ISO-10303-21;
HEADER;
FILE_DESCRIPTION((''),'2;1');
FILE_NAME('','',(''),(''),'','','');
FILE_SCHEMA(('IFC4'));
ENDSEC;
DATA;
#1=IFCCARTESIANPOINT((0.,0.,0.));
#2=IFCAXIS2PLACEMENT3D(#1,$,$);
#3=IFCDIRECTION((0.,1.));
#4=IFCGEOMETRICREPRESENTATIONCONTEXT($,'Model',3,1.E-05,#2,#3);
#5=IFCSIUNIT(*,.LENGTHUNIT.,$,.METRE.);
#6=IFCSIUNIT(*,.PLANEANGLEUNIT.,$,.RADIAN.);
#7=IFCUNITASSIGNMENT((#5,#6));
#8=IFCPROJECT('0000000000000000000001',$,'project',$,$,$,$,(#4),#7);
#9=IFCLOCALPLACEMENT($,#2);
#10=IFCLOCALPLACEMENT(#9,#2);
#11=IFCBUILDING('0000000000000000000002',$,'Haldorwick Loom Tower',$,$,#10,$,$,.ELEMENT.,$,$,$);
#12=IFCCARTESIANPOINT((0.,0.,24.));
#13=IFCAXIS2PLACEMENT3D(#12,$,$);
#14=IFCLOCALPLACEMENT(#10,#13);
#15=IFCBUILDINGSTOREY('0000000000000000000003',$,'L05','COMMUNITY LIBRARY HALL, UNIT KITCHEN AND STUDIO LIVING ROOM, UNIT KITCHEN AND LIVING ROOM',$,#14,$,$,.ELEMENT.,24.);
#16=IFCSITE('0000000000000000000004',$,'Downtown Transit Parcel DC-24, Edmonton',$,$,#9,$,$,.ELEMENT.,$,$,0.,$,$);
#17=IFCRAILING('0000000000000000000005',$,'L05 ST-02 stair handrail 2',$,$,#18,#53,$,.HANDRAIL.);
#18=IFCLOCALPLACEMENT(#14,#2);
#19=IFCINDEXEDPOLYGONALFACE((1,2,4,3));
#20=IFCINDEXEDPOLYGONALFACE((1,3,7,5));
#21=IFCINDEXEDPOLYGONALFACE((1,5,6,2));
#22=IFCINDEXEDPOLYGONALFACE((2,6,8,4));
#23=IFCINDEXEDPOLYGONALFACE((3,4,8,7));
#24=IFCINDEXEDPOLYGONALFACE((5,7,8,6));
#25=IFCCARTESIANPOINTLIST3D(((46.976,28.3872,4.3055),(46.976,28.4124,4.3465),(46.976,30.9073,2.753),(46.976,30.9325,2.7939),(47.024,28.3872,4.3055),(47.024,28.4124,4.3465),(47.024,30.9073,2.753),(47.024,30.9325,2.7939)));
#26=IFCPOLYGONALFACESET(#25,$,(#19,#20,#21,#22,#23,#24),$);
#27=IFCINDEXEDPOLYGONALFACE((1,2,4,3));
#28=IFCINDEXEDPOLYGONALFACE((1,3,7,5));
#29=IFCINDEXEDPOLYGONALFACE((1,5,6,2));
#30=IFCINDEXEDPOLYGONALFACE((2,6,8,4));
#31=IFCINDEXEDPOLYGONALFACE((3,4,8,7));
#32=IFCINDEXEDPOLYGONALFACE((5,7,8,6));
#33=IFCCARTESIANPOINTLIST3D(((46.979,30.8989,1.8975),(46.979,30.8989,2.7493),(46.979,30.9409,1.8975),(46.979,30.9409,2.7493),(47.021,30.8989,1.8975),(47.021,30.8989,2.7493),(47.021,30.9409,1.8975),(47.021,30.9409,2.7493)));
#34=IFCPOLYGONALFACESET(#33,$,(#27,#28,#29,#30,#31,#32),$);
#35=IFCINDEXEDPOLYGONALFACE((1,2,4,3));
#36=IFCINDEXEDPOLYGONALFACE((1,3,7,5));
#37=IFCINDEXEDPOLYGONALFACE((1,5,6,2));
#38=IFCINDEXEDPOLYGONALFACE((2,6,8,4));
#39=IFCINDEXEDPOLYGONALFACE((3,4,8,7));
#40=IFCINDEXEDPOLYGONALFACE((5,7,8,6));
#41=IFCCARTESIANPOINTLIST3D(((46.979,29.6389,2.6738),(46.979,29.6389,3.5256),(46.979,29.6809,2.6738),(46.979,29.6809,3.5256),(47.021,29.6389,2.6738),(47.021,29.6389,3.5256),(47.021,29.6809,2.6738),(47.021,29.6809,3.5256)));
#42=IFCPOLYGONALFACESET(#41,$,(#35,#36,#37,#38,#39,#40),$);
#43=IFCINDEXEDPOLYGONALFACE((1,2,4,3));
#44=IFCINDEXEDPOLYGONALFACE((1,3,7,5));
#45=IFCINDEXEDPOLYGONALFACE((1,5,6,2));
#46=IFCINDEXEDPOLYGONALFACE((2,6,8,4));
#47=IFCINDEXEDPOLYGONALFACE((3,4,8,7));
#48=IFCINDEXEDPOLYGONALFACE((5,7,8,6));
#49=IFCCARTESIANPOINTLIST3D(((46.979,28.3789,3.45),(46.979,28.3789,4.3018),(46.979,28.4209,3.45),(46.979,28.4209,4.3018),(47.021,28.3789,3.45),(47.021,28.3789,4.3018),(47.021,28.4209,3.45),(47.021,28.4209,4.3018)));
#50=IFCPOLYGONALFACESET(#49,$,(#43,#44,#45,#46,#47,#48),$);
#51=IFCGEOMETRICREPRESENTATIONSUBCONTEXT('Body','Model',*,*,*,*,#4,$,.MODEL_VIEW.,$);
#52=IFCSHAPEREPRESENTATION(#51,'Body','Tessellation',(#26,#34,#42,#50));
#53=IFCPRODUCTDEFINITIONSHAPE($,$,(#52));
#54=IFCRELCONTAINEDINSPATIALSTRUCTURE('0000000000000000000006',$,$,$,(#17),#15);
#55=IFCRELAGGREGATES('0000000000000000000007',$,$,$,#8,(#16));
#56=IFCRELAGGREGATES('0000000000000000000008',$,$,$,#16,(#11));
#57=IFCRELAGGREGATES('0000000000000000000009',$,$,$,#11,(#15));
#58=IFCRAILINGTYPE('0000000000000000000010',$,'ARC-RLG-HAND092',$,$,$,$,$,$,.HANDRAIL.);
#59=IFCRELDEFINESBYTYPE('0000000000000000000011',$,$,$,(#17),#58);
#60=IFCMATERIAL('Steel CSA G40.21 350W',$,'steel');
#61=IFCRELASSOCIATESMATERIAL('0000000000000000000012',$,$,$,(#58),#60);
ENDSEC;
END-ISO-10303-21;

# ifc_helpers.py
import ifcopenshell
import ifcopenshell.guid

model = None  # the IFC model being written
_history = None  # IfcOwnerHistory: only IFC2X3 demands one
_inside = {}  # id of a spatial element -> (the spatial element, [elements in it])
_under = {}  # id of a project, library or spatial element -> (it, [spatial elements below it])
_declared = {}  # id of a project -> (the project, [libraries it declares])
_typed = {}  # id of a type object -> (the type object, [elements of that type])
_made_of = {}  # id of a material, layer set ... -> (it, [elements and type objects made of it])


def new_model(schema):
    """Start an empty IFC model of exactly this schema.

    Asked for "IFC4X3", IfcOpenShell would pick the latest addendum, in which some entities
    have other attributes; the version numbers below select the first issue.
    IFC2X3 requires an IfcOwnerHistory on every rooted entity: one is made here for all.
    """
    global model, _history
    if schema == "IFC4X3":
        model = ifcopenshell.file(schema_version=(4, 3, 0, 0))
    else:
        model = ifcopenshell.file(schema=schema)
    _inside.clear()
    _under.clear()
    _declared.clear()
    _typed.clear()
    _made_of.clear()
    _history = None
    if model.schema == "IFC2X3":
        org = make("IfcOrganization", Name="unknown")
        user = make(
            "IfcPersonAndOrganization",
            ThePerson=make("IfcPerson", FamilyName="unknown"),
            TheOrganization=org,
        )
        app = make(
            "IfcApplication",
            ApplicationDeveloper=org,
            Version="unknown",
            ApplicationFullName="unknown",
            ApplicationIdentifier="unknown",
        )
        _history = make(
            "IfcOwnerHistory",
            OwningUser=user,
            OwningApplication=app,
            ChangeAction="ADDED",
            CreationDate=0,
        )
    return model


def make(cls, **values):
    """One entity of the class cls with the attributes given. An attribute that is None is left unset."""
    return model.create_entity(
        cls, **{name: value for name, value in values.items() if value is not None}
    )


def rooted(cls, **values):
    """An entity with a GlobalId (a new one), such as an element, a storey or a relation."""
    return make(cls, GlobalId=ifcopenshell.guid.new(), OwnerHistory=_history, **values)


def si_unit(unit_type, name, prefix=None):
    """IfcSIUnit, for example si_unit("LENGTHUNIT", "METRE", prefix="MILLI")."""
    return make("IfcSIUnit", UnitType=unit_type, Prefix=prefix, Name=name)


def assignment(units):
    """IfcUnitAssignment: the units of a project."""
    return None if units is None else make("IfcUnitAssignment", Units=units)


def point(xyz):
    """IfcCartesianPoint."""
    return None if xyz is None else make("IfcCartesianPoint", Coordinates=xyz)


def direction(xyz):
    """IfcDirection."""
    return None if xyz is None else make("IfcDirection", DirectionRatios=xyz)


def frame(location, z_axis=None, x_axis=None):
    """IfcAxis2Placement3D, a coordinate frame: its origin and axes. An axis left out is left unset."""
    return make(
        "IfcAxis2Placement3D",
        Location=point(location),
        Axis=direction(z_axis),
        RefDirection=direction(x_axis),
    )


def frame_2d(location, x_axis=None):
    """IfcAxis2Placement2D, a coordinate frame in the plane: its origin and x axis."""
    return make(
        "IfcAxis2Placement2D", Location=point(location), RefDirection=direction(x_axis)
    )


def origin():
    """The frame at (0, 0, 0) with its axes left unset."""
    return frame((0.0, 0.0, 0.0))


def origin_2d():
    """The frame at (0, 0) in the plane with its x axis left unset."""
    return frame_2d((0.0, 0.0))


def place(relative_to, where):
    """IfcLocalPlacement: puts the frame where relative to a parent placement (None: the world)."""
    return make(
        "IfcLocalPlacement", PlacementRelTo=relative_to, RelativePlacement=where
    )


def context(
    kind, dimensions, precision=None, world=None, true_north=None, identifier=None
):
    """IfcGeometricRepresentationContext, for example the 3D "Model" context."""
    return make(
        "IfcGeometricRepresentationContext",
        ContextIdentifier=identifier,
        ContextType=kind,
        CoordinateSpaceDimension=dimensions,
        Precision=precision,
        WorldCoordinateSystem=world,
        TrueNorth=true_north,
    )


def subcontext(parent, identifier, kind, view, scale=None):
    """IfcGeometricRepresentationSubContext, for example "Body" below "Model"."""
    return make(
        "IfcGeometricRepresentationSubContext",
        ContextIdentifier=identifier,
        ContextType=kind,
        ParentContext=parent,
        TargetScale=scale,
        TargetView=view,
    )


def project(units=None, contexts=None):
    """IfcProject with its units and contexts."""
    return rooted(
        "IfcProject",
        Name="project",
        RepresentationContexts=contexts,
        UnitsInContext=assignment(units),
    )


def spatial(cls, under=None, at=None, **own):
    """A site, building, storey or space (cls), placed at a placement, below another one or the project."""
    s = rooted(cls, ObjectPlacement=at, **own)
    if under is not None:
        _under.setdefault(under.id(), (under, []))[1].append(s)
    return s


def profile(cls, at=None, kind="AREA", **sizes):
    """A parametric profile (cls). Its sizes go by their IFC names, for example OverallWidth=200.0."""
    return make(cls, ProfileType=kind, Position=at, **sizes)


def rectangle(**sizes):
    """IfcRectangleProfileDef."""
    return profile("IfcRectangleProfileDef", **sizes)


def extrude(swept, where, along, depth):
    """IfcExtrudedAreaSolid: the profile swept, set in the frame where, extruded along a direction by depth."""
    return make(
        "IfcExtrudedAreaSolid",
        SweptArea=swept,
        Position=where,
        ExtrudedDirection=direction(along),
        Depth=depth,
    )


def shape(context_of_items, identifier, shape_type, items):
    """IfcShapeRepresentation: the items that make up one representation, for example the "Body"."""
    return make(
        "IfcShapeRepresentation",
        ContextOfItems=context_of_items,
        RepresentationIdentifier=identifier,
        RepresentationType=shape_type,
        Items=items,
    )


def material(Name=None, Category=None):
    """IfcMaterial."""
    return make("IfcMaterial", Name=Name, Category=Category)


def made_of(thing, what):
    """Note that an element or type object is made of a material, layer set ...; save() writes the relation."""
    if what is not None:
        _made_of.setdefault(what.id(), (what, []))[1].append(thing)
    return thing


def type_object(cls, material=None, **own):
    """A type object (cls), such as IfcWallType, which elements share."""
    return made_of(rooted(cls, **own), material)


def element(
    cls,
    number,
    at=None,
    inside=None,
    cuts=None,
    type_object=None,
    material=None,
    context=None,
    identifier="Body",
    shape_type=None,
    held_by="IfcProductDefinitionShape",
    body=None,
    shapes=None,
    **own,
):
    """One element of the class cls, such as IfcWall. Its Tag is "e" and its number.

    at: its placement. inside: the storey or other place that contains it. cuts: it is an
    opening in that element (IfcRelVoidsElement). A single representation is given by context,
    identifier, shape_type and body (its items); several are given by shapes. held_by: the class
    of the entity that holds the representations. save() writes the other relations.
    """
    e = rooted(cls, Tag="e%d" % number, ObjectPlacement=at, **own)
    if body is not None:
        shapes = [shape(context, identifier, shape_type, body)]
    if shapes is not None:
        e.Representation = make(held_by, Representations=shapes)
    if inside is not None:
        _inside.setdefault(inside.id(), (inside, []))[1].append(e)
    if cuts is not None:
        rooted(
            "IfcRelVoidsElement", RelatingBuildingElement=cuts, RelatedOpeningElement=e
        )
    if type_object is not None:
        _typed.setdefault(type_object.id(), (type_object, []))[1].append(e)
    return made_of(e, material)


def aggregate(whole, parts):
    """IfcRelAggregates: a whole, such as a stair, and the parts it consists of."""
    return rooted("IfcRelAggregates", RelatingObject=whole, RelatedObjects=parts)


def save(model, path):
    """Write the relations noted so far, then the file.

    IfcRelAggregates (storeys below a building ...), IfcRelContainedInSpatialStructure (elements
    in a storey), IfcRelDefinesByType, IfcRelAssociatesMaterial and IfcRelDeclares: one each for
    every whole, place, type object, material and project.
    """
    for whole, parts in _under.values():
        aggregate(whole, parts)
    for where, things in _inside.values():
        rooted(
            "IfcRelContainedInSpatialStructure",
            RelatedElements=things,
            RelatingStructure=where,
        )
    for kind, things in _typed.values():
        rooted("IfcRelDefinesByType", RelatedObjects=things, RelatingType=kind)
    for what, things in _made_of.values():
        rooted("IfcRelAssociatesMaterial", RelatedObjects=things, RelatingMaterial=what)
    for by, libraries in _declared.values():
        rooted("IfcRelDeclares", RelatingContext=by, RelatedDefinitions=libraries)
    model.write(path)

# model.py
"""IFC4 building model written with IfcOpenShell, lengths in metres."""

from ifc_helpers import new_model, si_unit, direction, frame, origin, origin_2d, place, context, subcontext, project, spatial, rectangle, extrude, material, type_object, element, save


model = new_model("IFC4")

# Units and contexts
model_context = context("Model", 3, precision=1e-05, world=origin(), true_north=direction((0.0, 1.0)))
body_context = subcontext(model_context, "Body", "Model", "MODEL_VIEW")
ifc_project = project(units=[si_unit("LENGTHUNIT", "METRE"), si_unit("PLANEANGLEUNIT", "RADIAN")], contexts=[model_context])

# Site, building, storey
site_placement = place(None, origin())
site = spatial("IfcSite", under=ifc_project, at=site_placement, Name="Downtown Transit Parcel DC-24, Edmonton", CompositionType="ELEMENT", RefElevation=0.0)
building_placement = place(site_placement, origin())
building = spatial("IfcBuilding", under=site, at=building_placement, Name="Haldorwick Loom Tower", CompositionType="ELEMENT")
storey_placement = place(building_placement, frame((0.0, 0.0, 24.0)))
storey = spatial("IfcBuildingStorey", under=building, at=storey_placement, Name="L05", Description="COMMUNITY LIBRARY HALL, UNIT KITCHEN AND STUDIO LIVING ROOM, UNIT KITCHEN AND LIVING ROOM", CompositionType="ELEMENT", Elevation=24.0)

# Railing
ifc_material_1 = material(Name="Steel CSA G40.21 350W", Category="steel")
railing_type_1 = type_object("IfcRailingType", Name="ARC-RLG-HAND092", PredefinedType="HANDRAIL", material=ifc_material_1)
railing_1_placement = place(storey_placement, frame((47.0, 30.9199, 1.8975)))
element("IfcRailing", 1, at=railing_1_placement, inside=storey, type_object=railing_type_1, Name="L05 ST-02 stair handrail 2", PredefinedType="HANDRAIL", context=body_context, shape_type="SweptSolid", body=[
    extrude(rectangle(XDim=0.0481, YDim=0.0481, at=origin_2d()), frame((0.0, 0.0, 0.876), z_axis=(0.0, -0.8514, 0.524516), x_axis=(1.0, 0.0, 0.0)), (0.0, 0.0, 1.0), 2.96),
    extrude(rectangle(XDim=0.042, YDim=0.042, at=origin_2d()), origin(), (0.0, 0.0, 1.0), 0.8518),
    extrude(rectangle(XDim=0.042, YDim=0.042, at=origin_2d()), frame((0.0, -1.26, 0.7764)), (0.0, 0.0, 1.0), 0.8518),
    extrude(rectangle(XDim=0.042, YDim=0.042, at=origin_2d()), frame((0.0, -2.52, 1.5525)), (0.0, 0.0, 1.0), 0.8518),
])

save(model, "model.ifc")
